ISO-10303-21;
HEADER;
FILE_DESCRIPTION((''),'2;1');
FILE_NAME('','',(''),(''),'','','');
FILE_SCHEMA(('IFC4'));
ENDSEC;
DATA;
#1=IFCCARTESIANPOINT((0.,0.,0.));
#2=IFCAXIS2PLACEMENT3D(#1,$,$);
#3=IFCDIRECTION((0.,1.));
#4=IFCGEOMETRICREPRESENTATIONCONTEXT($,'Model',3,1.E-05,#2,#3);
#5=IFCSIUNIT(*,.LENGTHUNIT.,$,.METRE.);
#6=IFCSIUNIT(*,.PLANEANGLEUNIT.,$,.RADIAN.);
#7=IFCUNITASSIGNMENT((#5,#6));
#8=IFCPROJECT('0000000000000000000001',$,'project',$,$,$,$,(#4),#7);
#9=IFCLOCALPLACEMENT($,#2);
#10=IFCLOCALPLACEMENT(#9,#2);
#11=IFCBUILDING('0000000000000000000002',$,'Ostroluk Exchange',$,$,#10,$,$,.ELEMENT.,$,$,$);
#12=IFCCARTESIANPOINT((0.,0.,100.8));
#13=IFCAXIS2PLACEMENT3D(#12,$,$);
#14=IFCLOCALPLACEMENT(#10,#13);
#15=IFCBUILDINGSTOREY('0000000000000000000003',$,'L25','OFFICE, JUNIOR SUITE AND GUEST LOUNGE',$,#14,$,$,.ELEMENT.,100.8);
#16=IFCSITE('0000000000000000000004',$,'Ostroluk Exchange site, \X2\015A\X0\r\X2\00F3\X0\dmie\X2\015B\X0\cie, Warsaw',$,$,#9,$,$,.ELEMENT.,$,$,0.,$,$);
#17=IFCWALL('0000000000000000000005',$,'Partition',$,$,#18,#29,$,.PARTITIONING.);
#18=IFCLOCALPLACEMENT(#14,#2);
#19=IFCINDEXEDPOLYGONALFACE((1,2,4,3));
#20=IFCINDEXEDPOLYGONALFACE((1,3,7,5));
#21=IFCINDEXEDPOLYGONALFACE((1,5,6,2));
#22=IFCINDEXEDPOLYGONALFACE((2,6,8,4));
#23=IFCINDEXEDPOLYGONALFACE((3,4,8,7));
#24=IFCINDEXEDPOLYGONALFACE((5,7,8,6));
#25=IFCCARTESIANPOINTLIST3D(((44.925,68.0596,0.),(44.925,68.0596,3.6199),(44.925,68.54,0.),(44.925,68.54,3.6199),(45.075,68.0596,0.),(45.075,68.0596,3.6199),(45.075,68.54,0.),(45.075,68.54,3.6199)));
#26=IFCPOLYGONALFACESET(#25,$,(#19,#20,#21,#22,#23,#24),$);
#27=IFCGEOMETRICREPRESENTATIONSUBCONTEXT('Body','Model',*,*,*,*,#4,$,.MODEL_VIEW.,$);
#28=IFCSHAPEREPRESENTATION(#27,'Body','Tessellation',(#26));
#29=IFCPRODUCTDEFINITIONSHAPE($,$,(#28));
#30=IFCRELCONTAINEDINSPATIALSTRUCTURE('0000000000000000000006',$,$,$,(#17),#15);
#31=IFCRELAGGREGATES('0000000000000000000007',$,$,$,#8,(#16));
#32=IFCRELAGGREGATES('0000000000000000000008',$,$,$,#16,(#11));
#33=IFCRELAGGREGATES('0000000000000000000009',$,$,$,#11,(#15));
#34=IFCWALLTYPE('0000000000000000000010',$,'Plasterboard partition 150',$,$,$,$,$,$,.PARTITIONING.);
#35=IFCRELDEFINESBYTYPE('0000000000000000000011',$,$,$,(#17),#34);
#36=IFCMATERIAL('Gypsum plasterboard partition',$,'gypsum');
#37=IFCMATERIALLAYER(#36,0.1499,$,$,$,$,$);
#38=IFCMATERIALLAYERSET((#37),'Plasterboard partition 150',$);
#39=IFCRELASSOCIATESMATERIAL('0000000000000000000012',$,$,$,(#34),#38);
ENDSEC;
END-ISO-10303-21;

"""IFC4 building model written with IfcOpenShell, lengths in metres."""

from ifc_helpers import new_model, si_unit, direction, frame, frame_2d, origin, place, context, subcontext, project, spatial, rectangle, extrude, material, layer, layer_set, type_object, element, save


model = new_model("IFC4")

# Units and contexts
model_context = context("Model", 3, precision=1e-05, world=origin(), true_north=direction((0.0, 1.0)))
body_context = subcontext(model_context, "Body", "Model", "MODEL_VIEW")
ifc_project = project(units=[si_unit("LENGTHUNIT", "METRE"), si_unit("PLANEANGLEUNIT", "RADIAN")], contexts=[model_context])

# Site, building, storey
site_placement = place(None, origin())
site = spatial("IfcSite", under=ifc_project, at=site_placement, Name="Ostroluk Exchange site, Śródmieście, Warsaw", CompositionType="ELEMENT", RefElevation=0.0)
building_placement = place(site_placement, origin())
building = spatial("IfcBuilding", under=site, at=building_placement, Name="Ostroluk Exchange", CompositionType="ELEMENT")
storey_placement = place(building_placement, frame((0.0, 0.0, 100.8)))
storey = spatial("IfcBuildingStorey", under=building, at=storey_placement, Name="L25", Description="OFFICE, JUNIOR SUITE AND GUEST LOUNGE", CompositionType="ELEMENT", Elevation=100.8)

# Shared definitions
ifc_material_1 = material(Name="Gypsum plasterboard partition", Category="gypsum")
ifc_layer_1 = layer(ifc_material_1, 0.1499)
ifc_layer_set_1 = layer_set([ifc_layer_1], Name="Plasterboard partition 150")
wall_type = type_object("IfcWallType", Name="Plasterboard partition 150", PredefinedType="PARTITIONING", material=ifc_layer_set_1)

# Wall
wall_1_placement = place(storey_placement, frame((45.0, 68.0596, 0.0), z_axis=(0.0, 0.0, 1.0), x_axis=(0.0, 1.0, 0.0)))
element("IfcWall", 1, at=wall_1_placement, inside=storey, type_object=wall_type, Name="Partition", PredefinedType="PARTITIONING", context=body_context, shape_type="SweptSolid", body=[
    extrude(rectangle(XDim=0.4805, YDim=0.1499, at=frame_2d((0.2402, 0.0))), origin(), (0.0, 0.0, 1.0), 3.6199),
])

save(model, "model.ifc")
